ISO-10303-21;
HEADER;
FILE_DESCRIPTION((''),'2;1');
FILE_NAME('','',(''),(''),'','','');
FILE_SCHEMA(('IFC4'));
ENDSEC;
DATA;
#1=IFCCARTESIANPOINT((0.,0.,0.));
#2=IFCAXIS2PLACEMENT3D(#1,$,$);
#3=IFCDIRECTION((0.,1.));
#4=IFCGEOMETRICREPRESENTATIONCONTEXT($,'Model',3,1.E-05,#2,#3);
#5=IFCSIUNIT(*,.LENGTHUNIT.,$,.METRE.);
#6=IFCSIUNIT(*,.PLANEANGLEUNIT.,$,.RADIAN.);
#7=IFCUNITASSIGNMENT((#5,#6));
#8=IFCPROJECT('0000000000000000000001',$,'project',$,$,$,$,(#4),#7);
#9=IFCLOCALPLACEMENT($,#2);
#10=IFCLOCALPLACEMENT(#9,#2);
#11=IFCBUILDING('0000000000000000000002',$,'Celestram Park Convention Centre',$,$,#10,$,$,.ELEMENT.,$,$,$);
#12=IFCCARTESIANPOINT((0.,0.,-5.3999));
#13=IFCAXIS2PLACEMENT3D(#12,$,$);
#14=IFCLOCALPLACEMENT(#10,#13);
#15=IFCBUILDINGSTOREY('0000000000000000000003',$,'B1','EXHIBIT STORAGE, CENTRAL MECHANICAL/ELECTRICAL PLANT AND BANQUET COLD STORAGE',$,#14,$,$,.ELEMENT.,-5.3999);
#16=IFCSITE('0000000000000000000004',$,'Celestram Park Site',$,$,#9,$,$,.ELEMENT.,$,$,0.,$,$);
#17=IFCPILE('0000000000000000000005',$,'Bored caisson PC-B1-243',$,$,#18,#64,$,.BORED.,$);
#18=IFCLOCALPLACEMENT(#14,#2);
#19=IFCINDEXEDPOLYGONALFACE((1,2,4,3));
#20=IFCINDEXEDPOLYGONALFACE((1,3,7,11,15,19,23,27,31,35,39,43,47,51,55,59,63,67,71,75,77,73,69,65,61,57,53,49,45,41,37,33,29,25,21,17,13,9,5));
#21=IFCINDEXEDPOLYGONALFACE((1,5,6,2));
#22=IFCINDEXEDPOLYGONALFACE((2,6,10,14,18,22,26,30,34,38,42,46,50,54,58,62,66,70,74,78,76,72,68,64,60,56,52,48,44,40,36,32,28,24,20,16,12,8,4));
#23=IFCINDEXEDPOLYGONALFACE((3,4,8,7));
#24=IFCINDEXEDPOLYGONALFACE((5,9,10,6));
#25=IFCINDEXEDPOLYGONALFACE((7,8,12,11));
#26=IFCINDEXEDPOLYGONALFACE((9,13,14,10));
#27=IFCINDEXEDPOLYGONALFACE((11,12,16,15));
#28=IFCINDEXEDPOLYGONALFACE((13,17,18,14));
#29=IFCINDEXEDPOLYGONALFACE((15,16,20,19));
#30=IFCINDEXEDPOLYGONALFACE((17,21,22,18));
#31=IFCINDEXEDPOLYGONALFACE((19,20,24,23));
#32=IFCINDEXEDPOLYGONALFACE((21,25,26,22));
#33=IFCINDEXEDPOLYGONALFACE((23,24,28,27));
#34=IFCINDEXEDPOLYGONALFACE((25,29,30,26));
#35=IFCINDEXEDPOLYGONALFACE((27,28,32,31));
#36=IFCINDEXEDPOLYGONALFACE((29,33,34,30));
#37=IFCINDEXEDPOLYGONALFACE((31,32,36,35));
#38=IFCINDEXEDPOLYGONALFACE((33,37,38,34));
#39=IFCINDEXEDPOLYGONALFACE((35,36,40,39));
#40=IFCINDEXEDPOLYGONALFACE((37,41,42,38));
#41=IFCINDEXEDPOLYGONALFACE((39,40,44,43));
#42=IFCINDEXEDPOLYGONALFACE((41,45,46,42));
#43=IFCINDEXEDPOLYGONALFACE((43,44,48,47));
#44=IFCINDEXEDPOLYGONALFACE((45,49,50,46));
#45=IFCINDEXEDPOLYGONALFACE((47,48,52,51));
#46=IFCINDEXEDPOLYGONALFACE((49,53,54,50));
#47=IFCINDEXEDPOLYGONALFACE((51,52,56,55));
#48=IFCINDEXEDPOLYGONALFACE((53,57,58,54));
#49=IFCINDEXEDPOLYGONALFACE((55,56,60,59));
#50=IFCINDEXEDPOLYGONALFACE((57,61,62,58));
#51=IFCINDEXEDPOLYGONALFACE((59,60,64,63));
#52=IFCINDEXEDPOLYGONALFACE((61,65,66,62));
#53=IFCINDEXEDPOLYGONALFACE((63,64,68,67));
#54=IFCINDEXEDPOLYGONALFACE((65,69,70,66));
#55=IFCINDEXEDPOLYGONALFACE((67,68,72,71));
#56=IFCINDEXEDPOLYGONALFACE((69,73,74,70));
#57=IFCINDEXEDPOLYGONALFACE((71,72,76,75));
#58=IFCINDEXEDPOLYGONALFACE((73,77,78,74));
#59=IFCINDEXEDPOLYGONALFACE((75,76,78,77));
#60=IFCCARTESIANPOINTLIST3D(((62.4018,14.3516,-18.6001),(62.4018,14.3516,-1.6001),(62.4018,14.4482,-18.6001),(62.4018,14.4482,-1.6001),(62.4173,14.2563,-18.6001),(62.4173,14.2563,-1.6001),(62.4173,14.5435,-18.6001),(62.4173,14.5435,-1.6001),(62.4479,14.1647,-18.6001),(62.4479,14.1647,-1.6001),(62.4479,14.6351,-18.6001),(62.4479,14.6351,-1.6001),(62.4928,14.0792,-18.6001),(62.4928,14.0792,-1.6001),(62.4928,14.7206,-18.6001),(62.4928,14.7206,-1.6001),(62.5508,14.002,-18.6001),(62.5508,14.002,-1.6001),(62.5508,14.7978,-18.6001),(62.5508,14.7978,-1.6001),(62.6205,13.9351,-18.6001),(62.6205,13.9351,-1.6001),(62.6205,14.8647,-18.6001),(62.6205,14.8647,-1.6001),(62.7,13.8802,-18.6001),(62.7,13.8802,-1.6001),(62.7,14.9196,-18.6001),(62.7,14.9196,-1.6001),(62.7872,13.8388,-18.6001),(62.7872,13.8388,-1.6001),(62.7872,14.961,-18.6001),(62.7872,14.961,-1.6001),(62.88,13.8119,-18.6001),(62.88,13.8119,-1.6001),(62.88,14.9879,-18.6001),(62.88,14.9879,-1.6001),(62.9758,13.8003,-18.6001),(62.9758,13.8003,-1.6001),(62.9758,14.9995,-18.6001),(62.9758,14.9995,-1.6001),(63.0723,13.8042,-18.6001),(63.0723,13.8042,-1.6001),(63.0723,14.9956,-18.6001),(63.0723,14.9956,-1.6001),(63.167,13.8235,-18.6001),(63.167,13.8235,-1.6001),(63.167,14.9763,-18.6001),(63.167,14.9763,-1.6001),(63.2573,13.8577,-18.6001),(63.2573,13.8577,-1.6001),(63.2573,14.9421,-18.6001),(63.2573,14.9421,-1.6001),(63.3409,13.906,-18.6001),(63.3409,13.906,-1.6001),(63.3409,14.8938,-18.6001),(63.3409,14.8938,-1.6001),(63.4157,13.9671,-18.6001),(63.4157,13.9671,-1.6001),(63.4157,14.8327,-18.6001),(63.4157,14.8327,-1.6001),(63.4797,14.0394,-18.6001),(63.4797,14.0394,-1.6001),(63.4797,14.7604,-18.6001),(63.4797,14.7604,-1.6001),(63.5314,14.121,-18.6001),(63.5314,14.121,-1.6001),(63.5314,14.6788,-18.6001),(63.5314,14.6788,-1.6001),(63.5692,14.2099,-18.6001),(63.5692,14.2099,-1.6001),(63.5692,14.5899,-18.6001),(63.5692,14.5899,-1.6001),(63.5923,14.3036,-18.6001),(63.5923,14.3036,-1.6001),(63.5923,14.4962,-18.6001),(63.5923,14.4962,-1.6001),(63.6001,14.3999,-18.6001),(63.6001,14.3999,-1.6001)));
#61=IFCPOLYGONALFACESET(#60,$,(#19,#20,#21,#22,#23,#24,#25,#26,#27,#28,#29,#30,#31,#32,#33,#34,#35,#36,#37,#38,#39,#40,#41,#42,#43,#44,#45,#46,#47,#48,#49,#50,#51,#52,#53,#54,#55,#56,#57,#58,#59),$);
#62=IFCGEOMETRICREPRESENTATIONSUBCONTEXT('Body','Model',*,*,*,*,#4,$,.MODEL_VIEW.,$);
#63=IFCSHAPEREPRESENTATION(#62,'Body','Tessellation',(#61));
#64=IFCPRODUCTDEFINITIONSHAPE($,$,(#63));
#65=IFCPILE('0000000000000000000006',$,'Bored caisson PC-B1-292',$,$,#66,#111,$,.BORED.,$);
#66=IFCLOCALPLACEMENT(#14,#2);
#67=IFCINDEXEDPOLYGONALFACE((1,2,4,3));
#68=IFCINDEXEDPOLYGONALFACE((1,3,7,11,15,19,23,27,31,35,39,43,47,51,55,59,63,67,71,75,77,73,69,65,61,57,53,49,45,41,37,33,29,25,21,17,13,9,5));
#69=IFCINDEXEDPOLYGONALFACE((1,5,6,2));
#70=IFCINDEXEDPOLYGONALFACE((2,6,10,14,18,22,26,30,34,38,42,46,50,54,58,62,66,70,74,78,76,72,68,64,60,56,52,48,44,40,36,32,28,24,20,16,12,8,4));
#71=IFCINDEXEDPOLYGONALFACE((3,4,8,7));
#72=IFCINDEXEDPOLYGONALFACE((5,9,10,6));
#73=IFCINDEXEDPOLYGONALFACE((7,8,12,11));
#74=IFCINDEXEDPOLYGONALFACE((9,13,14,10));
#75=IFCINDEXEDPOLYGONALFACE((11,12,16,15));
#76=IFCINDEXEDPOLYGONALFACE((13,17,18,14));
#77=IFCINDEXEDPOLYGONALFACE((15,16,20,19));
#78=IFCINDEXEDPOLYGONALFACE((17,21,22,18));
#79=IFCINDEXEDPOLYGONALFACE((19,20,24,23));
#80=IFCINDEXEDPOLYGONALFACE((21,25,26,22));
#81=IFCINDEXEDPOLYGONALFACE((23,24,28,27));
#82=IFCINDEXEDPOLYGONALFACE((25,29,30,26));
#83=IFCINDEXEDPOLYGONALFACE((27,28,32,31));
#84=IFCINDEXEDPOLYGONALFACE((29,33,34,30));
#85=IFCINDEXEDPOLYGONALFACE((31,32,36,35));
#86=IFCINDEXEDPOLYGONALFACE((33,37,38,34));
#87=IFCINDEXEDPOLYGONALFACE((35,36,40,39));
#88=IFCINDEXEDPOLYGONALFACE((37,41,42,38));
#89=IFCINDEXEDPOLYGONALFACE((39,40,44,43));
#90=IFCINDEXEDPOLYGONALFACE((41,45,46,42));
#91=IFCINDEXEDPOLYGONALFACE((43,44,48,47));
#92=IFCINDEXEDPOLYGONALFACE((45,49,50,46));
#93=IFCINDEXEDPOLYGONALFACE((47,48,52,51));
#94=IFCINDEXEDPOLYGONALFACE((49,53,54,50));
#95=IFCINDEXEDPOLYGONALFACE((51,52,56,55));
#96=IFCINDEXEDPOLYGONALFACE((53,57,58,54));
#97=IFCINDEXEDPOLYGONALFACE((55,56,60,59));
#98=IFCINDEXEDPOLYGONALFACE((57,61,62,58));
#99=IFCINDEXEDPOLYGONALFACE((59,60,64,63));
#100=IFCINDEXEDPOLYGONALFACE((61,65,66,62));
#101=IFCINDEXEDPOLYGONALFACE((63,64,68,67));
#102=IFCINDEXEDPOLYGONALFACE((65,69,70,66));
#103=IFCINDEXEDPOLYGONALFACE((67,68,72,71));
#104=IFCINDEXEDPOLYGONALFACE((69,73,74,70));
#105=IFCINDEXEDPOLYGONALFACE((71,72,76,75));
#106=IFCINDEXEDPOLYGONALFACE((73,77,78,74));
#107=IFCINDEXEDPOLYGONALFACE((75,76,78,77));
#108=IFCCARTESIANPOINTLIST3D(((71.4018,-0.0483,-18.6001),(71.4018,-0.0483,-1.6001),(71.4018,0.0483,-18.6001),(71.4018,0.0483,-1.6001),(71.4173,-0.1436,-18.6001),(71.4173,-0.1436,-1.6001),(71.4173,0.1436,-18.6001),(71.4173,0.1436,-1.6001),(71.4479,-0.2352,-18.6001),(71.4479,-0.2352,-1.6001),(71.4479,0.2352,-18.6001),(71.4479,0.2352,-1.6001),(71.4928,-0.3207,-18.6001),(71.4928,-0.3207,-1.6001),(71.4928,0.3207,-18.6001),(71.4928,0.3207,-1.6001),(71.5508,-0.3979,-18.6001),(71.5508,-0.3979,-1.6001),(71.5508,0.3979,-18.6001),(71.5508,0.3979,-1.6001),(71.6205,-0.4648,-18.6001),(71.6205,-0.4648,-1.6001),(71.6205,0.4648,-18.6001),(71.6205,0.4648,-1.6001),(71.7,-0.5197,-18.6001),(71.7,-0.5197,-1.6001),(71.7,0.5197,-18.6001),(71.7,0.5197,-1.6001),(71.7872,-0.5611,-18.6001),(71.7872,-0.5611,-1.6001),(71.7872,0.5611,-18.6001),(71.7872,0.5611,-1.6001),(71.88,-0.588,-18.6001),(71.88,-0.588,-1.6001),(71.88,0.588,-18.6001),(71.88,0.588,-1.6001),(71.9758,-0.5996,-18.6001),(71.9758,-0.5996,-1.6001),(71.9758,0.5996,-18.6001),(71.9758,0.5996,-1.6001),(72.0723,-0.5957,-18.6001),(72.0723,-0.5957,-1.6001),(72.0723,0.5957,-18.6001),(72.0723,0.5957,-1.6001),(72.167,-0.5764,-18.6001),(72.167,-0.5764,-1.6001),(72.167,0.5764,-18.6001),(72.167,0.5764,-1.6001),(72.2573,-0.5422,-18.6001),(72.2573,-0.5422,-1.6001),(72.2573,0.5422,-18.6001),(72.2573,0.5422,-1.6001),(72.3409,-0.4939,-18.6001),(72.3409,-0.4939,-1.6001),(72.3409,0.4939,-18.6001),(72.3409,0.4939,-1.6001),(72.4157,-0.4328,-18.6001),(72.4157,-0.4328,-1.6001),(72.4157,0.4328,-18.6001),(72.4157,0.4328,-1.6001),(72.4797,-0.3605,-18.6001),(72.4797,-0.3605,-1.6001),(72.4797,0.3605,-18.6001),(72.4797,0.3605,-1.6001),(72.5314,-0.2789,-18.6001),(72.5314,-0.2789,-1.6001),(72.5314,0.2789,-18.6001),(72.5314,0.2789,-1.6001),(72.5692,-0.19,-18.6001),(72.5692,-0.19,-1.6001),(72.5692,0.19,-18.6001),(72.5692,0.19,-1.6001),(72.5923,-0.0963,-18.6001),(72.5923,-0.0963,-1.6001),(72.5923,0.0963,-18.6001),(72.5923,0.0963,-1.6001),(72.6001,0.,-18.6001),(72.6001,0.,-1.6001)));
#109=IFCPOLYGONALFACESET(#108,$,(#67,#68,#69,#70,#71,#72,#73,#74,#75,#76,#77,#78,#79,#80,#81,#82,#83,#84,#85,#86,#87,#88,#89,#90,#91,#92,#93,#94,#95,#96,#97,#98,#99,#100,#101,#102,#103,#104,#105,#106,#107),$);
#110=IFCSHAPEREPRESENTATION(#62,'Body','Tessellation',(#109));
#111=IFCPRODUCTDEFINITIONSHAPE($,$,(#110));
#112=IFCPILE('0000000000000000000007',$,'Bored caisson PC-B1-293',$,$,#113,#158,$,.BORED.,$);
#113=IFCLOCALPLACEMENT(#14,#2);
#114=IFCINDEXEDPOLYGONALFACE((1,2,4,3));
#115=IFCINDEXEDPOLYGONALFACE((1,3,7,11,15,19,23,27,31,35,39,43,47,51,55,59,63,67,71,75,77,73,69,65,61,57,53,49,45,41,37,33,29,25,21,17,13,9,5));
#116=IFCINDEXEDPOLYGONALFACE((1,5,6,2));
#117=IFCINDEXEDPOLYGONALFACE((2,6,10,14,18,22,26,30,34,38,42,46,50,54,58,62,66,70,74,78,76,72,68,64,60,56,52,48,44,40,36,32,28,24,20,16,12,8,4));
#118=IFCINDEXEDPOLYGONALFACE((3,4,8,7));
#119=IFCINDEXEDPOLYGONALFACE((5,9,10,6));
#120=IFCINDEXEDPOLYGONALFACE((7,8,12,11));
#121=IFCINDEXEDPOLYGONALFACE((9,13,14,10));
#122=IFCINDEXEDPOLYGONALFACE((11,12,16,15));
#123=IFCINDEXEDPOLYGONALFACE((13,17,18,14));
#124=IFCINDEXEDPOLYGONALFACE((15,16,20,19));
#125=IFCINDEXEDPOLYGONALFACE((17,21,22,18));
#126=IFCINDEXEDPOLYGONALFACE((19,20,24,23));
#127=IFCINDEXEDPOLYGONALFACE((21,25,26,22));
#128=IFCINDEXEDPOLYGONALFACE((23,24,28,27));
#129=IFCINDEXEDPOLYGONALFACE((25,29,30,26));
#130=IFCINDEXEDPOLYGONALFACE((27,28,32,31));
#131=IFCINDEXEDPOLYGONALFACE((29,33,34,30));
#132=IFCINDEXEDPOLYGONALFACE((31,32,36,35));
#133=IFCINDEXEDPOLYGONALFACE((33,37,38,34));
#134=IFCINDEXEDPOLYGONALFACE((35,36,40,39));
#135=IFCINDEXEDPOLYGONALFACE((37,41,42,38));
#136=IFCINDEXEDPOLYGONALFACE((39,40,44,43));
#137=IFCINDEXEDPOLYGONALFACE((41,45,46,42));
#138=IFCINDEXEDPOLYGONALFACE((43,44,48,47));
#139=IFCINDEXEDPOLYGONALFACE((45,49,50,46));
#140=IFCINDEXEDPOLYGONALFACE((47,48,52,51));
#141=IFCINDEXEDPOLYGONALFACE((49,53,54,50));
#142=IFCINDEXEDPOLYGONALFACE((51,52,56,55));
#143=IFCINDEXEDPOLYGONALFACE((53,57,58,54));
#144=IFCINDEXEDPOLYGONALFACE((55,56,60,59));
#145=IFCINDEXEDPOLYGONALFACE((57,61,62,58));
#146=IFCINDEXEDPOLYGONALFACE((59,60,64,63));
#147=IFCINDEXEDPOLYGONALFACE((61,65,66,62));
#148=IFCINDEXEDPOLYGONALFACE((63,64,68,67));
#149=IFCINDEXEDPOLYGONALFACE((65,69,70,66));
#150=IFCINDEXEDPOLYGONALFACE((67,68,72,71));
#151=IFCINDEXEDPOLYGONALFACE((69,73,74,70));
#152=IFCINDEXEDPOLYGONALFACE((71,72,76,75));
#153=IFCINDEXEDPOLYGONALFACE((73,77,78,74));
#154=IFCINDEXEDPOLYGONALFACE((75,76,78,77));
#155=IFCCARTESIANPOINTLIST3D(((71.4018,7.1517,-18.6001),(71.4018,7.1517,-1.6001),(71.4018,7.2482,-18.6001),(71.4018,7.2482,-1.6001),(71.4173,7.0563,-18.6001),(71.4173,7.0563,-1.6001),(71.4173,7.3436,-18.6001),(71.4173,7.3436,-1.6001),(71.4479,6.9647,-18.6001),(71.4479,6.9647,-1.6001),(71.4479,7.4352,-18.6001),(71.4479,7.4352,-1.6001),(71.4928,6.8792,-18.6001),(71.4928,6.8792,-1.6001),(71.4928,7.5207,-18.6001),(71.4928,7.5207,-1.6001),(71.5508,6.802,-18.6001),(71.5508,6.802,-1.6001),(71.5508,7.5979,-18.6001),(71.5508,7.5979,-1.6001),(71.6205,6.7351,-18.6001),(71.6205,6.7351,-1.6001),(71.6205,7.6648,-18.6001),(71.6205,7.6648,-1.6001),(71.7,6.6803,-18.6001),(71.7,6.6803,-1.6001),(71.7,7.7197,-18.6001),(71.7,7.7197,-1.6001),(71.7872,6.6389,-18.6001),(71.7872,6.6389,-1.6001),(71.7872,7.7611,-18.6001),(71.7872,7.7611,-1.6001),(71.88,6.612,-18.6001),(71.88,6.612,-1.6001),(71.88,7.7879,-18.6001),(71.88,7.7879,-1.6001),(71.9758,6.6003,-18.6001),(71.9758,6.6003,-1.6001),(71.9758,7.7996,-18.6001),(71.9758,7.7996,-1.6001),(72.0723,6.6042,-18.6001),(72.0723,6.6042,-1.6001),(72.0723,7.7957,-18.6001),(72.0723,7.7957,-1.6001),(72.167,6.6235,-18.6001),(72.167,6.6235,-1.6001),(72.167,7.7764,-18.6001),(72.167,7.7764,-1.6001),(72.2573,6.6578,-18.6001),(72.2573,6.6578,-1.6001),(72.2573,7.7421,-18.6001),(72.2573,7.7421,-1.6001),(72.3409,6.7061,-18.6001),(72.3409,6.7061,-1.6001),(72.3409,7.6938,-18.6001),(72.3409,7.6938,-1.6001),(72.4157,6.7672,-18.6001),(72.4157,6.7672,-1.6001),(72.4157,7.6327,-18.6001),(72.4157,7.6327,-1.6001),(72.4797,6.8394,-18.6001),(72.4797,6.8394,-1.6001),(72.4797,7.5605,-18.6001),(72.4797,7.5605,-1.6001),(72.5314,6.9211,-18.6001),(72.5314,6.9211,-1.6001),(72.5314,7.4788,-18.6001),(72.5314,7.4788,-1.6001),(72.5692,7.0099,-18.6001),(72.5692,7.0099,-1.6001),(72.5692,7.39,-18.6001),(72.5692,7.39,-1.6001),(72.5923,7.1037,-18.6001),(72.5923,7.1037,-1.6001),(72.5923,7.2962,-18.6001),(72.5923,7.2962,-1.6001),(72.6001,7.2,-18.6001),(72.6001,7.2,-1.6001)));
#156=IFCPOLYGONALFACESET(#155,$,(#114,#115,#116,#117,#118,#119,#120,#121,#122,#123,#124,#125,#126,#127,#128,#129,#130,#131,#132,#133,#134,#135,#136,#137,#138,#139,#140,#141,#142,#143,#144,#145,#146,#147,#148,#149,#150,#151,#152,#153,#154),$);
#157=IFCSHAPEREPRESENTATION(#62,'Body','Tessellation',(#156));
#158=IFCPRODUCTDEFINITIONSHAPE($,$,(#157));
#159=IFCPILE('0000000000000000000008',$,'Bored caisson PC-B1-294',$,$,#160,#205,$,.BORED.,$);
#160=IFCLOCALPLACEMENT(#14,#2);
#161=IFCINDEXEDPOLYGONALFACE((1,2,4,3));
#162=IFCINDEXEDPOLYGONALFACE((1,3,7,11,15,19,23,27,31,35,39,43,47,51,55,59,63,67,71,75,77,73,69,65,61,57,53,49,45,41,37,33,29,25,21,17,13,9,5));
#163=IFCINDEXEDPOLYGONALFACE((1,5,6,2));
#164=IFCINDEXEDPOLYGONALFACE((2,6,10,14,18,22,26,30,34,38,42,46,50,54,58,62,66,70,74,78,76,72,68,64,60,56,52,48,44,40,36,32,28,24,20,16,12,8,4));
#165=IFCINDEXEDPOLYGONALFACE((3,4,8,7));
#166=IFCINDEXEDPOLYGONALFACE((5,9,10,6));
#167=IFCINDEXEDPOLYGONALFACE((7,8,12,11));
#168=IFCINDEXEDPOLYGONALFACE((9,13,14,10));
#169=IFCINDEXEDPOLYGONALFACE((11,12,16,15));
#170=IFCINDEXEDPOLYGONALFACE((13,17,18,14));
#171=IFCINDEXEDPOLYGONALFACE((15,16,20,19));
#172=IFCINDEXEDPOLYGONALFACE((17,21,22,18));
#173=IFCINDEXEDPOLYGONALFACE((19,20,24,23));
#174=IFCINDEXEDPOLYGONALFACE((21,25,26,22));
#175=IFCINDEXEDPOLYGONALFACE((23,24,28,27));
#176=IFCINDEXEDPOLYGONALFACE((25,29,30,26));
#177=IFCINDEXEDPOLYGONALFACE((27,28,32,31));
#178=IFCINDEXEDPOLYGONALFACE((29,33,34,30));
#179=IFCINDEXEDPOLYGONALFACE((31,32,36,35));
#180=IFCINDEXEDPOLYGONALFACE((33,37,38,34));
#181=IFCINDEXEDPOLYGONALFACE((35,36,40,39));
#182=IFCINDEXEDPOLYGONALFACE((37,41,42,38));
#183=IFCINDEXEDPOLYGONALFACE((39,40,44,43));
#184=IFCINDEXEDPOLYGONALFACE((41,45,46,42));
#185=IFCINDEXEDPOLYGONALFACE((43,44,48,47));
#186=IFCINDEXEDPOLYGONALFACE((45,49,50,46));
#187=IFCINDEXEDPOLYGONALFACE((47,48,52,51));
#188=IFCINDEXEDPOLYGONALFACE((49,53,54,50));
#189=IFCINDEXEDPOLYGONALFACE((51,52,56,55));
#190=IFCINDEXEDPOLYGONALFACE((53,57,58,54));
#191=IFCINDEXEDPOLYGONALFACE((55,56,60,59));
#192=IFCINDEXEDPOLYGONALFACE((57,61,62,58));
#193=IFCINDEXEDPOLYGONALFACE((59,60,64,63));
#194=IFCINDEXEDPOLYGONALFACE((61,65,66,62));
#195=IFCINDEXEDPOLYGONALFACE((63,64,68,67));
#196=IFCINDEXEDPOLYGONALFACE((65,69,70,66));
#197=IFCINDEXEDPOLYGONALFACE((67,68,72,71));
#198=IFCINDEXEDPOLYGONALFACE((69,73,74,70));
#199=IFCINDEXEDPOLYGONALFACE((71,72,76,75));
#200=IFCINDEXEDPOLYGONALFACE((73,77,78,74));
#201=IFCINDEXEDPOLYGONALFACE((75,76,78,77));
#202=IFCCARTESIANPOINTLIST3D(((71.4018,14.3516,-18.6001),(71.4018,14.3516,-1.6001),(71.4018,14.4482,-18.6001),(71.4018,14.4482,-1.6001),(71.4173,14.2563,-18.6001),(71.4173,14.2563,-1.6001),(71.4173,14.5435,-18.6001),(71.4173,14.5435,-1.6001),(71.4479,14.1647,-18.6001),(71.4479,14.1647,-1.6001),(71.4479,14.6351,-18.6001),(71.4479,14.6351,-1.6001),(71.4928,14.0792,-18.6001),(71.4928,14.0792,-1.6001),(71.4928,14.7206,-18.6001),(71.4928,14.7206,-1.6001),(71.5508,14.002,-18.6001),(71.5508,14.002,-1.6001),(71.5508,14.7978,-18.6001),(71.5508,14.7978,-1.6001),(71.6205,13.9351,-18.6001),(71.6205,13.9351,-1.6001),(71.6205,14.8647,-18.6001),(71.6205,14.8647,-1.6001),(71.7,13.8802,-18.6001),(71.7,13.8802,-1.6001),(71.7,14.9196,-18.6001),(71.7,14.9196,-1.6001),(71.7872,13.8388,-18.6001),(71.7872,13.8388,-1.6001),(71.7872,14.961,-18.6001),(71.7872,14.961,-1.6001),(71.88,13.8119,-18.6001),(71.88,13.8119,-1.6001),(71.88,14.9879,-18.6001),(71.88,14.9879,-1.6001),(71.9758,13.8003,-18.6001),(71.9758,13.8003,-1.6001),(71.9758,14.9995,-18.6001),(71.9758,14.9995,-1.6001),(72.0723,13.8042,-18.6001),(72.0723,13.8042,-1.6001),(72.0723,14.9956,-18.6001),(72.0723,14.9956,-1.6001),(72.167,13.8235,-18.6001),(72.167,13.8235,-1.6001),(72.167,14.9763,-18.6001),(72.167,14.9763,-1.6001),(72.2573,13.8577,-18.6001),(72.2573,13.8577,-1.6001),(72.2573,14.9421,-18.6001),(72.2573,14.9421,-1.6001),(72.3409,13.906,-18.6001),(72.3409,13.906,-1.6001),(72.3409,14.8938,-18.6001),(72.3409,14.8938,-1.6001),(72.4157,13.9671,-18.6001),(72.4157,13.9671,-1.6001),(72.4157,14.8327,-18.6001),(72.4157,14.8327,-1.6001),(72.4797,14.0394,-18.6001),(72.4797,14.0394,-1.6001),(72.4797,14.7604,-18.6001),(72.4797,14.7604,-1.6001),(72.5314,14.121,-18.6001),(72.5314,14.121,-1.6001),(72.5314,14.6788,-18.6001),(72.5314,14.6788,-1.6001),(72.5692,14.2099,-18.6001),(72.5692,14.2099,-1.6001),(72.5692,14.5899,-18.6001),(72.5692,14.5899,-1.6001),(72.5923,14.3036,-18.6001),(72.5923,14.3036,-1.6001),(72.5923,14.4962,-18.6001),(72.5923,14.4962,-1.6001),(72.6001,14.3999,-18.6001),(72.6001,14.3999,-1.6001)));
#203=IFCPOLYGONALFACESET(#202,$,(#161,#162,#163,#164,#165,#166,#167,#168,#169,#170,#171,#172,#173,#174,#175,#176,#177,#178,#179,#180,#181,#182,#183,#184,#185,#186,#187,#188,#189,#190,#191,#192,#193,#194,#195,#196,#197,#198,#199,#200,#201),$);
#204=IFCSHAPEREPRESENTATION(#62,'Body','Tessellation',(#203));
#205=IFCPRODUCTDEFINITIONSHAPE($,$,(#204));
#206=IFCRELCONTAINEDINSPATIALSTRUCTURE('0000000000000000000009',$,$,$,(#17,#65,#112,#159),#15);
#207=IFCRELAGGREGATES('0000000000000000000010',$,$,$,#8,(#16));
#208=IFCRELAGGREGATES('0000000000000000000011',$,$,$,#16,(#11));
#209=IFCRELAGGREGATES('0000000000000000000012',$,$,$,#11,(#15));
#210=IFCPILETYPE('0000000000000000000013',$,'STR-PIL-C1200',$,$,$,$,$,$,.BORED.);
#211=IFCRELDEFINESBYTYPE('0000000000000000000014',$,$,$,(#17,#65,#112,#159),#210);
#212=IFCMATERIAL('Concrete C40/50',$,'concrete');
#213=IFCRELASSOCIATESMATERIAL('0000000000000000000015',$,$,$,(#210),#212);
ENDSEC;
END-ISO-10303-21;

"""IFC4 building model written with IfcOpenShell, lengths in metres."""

from ifc_helpers import new_model, si_unit, direction, frame, origin, origin_2d, place, context, subcontext, project, spatial, circle, extrude, material, material_profile, profile_set, type_object, element, save


model = new_model("IFC4")

# Units and contexts
model_context = context("Model", 3, precision=1e-05, world=origin(), true_north=direction((0.0, 1.0)))
body_context = subcontext(model_context, "Body", "Model", "MODEL_VIEW")
ifc_project = project(units=[si_unit("LENGTHUNIT", "METRE"), si_unit("PLANEANGLEUNIT", "RADIAN")], contexts=[model_context])

# Site, building, storey
site_placement = place(None, origin())
site = spatial("IfcSite", under=ifc_project, at=site_placement, Name="Celestram Park Site", CompositionType="ELEMENT", RefElevation=0.0)
building_placement = place(site_placement, origin())
building = spatial("IfcBuilding", under=site, at=building_placement, Name="Celestram Park Convention Centre", CompositionType="ELEMENT")
storey_placement = place(building_placement, frame((0.0, 0.0, -5.3999)))
storey = spatial("IfcBuildingStorey", under=building, at=storey_placement, Name="B1", Description="EXHIBIT STORAGE, CENTRAL MECHANICAL/ELECTRICAL PLANT AND BANQUET COLD STORAGE", CompositionType="ELEMENT", Elevation=-5.3999)

# Shared definitions
ifc_material_1 = material(Name="Concrete C40/50", Category="concrete")

# Piles
ifc_material_profile_1 = material_profile(ifc_material_1, circle(Radius=0.6001, at=origin_2d()), Name="CAISSON1200")
ifc_profile_set_1 = profile_set([ifc_material_profile_1], Name="Concrete C40/50")
pile_type_1 = type_object("IfcPileType", Name="STR-PIL-C1200", PredefinedType="BORED", material=ifc_profile_set_1)
for number, where, z_axis, x_axis, name in (
    (1, (63.0, 14.3999, -1.6001), (0.0, 0.0, -1.0), (1.0, 0.0, 0.0), "Bored caisson PC-B1-243"),
    (2, (72.0, 0.0, -1.6001), (0.0, 0.0, -1.0), (1.0, 0.0, 0.0), "Bored caisson PC-B1-292"),
    (3, (72.0, 7.2, -1.6001), (0.0, 0.0, -1.0), (1.0, 0.0, 0.0), "Bored caisson PC-B1-293"),
    (4, (72.0, 14.3999, -1.6001), (0.0, 0.0, -1.0), (1.0, 0.0, 0.0), "Bored caisson PC-B1-294"),
):
    element("IfcPile", number, at=place(storey_placement, frame(where, z_axis=z_axis, x_axis=x_axis)), inside=storey, type_object=pile_type_1, Name=name, PredefinedType="BORED", context=body_context, shape_type="SweptSolid", body=[
        extrude(circle(Radius=0.6001, at=origin_2d()), origin(), (0.0, 0.0, 1.0), 17.0),
    ])

save(model, "model.ifc")
